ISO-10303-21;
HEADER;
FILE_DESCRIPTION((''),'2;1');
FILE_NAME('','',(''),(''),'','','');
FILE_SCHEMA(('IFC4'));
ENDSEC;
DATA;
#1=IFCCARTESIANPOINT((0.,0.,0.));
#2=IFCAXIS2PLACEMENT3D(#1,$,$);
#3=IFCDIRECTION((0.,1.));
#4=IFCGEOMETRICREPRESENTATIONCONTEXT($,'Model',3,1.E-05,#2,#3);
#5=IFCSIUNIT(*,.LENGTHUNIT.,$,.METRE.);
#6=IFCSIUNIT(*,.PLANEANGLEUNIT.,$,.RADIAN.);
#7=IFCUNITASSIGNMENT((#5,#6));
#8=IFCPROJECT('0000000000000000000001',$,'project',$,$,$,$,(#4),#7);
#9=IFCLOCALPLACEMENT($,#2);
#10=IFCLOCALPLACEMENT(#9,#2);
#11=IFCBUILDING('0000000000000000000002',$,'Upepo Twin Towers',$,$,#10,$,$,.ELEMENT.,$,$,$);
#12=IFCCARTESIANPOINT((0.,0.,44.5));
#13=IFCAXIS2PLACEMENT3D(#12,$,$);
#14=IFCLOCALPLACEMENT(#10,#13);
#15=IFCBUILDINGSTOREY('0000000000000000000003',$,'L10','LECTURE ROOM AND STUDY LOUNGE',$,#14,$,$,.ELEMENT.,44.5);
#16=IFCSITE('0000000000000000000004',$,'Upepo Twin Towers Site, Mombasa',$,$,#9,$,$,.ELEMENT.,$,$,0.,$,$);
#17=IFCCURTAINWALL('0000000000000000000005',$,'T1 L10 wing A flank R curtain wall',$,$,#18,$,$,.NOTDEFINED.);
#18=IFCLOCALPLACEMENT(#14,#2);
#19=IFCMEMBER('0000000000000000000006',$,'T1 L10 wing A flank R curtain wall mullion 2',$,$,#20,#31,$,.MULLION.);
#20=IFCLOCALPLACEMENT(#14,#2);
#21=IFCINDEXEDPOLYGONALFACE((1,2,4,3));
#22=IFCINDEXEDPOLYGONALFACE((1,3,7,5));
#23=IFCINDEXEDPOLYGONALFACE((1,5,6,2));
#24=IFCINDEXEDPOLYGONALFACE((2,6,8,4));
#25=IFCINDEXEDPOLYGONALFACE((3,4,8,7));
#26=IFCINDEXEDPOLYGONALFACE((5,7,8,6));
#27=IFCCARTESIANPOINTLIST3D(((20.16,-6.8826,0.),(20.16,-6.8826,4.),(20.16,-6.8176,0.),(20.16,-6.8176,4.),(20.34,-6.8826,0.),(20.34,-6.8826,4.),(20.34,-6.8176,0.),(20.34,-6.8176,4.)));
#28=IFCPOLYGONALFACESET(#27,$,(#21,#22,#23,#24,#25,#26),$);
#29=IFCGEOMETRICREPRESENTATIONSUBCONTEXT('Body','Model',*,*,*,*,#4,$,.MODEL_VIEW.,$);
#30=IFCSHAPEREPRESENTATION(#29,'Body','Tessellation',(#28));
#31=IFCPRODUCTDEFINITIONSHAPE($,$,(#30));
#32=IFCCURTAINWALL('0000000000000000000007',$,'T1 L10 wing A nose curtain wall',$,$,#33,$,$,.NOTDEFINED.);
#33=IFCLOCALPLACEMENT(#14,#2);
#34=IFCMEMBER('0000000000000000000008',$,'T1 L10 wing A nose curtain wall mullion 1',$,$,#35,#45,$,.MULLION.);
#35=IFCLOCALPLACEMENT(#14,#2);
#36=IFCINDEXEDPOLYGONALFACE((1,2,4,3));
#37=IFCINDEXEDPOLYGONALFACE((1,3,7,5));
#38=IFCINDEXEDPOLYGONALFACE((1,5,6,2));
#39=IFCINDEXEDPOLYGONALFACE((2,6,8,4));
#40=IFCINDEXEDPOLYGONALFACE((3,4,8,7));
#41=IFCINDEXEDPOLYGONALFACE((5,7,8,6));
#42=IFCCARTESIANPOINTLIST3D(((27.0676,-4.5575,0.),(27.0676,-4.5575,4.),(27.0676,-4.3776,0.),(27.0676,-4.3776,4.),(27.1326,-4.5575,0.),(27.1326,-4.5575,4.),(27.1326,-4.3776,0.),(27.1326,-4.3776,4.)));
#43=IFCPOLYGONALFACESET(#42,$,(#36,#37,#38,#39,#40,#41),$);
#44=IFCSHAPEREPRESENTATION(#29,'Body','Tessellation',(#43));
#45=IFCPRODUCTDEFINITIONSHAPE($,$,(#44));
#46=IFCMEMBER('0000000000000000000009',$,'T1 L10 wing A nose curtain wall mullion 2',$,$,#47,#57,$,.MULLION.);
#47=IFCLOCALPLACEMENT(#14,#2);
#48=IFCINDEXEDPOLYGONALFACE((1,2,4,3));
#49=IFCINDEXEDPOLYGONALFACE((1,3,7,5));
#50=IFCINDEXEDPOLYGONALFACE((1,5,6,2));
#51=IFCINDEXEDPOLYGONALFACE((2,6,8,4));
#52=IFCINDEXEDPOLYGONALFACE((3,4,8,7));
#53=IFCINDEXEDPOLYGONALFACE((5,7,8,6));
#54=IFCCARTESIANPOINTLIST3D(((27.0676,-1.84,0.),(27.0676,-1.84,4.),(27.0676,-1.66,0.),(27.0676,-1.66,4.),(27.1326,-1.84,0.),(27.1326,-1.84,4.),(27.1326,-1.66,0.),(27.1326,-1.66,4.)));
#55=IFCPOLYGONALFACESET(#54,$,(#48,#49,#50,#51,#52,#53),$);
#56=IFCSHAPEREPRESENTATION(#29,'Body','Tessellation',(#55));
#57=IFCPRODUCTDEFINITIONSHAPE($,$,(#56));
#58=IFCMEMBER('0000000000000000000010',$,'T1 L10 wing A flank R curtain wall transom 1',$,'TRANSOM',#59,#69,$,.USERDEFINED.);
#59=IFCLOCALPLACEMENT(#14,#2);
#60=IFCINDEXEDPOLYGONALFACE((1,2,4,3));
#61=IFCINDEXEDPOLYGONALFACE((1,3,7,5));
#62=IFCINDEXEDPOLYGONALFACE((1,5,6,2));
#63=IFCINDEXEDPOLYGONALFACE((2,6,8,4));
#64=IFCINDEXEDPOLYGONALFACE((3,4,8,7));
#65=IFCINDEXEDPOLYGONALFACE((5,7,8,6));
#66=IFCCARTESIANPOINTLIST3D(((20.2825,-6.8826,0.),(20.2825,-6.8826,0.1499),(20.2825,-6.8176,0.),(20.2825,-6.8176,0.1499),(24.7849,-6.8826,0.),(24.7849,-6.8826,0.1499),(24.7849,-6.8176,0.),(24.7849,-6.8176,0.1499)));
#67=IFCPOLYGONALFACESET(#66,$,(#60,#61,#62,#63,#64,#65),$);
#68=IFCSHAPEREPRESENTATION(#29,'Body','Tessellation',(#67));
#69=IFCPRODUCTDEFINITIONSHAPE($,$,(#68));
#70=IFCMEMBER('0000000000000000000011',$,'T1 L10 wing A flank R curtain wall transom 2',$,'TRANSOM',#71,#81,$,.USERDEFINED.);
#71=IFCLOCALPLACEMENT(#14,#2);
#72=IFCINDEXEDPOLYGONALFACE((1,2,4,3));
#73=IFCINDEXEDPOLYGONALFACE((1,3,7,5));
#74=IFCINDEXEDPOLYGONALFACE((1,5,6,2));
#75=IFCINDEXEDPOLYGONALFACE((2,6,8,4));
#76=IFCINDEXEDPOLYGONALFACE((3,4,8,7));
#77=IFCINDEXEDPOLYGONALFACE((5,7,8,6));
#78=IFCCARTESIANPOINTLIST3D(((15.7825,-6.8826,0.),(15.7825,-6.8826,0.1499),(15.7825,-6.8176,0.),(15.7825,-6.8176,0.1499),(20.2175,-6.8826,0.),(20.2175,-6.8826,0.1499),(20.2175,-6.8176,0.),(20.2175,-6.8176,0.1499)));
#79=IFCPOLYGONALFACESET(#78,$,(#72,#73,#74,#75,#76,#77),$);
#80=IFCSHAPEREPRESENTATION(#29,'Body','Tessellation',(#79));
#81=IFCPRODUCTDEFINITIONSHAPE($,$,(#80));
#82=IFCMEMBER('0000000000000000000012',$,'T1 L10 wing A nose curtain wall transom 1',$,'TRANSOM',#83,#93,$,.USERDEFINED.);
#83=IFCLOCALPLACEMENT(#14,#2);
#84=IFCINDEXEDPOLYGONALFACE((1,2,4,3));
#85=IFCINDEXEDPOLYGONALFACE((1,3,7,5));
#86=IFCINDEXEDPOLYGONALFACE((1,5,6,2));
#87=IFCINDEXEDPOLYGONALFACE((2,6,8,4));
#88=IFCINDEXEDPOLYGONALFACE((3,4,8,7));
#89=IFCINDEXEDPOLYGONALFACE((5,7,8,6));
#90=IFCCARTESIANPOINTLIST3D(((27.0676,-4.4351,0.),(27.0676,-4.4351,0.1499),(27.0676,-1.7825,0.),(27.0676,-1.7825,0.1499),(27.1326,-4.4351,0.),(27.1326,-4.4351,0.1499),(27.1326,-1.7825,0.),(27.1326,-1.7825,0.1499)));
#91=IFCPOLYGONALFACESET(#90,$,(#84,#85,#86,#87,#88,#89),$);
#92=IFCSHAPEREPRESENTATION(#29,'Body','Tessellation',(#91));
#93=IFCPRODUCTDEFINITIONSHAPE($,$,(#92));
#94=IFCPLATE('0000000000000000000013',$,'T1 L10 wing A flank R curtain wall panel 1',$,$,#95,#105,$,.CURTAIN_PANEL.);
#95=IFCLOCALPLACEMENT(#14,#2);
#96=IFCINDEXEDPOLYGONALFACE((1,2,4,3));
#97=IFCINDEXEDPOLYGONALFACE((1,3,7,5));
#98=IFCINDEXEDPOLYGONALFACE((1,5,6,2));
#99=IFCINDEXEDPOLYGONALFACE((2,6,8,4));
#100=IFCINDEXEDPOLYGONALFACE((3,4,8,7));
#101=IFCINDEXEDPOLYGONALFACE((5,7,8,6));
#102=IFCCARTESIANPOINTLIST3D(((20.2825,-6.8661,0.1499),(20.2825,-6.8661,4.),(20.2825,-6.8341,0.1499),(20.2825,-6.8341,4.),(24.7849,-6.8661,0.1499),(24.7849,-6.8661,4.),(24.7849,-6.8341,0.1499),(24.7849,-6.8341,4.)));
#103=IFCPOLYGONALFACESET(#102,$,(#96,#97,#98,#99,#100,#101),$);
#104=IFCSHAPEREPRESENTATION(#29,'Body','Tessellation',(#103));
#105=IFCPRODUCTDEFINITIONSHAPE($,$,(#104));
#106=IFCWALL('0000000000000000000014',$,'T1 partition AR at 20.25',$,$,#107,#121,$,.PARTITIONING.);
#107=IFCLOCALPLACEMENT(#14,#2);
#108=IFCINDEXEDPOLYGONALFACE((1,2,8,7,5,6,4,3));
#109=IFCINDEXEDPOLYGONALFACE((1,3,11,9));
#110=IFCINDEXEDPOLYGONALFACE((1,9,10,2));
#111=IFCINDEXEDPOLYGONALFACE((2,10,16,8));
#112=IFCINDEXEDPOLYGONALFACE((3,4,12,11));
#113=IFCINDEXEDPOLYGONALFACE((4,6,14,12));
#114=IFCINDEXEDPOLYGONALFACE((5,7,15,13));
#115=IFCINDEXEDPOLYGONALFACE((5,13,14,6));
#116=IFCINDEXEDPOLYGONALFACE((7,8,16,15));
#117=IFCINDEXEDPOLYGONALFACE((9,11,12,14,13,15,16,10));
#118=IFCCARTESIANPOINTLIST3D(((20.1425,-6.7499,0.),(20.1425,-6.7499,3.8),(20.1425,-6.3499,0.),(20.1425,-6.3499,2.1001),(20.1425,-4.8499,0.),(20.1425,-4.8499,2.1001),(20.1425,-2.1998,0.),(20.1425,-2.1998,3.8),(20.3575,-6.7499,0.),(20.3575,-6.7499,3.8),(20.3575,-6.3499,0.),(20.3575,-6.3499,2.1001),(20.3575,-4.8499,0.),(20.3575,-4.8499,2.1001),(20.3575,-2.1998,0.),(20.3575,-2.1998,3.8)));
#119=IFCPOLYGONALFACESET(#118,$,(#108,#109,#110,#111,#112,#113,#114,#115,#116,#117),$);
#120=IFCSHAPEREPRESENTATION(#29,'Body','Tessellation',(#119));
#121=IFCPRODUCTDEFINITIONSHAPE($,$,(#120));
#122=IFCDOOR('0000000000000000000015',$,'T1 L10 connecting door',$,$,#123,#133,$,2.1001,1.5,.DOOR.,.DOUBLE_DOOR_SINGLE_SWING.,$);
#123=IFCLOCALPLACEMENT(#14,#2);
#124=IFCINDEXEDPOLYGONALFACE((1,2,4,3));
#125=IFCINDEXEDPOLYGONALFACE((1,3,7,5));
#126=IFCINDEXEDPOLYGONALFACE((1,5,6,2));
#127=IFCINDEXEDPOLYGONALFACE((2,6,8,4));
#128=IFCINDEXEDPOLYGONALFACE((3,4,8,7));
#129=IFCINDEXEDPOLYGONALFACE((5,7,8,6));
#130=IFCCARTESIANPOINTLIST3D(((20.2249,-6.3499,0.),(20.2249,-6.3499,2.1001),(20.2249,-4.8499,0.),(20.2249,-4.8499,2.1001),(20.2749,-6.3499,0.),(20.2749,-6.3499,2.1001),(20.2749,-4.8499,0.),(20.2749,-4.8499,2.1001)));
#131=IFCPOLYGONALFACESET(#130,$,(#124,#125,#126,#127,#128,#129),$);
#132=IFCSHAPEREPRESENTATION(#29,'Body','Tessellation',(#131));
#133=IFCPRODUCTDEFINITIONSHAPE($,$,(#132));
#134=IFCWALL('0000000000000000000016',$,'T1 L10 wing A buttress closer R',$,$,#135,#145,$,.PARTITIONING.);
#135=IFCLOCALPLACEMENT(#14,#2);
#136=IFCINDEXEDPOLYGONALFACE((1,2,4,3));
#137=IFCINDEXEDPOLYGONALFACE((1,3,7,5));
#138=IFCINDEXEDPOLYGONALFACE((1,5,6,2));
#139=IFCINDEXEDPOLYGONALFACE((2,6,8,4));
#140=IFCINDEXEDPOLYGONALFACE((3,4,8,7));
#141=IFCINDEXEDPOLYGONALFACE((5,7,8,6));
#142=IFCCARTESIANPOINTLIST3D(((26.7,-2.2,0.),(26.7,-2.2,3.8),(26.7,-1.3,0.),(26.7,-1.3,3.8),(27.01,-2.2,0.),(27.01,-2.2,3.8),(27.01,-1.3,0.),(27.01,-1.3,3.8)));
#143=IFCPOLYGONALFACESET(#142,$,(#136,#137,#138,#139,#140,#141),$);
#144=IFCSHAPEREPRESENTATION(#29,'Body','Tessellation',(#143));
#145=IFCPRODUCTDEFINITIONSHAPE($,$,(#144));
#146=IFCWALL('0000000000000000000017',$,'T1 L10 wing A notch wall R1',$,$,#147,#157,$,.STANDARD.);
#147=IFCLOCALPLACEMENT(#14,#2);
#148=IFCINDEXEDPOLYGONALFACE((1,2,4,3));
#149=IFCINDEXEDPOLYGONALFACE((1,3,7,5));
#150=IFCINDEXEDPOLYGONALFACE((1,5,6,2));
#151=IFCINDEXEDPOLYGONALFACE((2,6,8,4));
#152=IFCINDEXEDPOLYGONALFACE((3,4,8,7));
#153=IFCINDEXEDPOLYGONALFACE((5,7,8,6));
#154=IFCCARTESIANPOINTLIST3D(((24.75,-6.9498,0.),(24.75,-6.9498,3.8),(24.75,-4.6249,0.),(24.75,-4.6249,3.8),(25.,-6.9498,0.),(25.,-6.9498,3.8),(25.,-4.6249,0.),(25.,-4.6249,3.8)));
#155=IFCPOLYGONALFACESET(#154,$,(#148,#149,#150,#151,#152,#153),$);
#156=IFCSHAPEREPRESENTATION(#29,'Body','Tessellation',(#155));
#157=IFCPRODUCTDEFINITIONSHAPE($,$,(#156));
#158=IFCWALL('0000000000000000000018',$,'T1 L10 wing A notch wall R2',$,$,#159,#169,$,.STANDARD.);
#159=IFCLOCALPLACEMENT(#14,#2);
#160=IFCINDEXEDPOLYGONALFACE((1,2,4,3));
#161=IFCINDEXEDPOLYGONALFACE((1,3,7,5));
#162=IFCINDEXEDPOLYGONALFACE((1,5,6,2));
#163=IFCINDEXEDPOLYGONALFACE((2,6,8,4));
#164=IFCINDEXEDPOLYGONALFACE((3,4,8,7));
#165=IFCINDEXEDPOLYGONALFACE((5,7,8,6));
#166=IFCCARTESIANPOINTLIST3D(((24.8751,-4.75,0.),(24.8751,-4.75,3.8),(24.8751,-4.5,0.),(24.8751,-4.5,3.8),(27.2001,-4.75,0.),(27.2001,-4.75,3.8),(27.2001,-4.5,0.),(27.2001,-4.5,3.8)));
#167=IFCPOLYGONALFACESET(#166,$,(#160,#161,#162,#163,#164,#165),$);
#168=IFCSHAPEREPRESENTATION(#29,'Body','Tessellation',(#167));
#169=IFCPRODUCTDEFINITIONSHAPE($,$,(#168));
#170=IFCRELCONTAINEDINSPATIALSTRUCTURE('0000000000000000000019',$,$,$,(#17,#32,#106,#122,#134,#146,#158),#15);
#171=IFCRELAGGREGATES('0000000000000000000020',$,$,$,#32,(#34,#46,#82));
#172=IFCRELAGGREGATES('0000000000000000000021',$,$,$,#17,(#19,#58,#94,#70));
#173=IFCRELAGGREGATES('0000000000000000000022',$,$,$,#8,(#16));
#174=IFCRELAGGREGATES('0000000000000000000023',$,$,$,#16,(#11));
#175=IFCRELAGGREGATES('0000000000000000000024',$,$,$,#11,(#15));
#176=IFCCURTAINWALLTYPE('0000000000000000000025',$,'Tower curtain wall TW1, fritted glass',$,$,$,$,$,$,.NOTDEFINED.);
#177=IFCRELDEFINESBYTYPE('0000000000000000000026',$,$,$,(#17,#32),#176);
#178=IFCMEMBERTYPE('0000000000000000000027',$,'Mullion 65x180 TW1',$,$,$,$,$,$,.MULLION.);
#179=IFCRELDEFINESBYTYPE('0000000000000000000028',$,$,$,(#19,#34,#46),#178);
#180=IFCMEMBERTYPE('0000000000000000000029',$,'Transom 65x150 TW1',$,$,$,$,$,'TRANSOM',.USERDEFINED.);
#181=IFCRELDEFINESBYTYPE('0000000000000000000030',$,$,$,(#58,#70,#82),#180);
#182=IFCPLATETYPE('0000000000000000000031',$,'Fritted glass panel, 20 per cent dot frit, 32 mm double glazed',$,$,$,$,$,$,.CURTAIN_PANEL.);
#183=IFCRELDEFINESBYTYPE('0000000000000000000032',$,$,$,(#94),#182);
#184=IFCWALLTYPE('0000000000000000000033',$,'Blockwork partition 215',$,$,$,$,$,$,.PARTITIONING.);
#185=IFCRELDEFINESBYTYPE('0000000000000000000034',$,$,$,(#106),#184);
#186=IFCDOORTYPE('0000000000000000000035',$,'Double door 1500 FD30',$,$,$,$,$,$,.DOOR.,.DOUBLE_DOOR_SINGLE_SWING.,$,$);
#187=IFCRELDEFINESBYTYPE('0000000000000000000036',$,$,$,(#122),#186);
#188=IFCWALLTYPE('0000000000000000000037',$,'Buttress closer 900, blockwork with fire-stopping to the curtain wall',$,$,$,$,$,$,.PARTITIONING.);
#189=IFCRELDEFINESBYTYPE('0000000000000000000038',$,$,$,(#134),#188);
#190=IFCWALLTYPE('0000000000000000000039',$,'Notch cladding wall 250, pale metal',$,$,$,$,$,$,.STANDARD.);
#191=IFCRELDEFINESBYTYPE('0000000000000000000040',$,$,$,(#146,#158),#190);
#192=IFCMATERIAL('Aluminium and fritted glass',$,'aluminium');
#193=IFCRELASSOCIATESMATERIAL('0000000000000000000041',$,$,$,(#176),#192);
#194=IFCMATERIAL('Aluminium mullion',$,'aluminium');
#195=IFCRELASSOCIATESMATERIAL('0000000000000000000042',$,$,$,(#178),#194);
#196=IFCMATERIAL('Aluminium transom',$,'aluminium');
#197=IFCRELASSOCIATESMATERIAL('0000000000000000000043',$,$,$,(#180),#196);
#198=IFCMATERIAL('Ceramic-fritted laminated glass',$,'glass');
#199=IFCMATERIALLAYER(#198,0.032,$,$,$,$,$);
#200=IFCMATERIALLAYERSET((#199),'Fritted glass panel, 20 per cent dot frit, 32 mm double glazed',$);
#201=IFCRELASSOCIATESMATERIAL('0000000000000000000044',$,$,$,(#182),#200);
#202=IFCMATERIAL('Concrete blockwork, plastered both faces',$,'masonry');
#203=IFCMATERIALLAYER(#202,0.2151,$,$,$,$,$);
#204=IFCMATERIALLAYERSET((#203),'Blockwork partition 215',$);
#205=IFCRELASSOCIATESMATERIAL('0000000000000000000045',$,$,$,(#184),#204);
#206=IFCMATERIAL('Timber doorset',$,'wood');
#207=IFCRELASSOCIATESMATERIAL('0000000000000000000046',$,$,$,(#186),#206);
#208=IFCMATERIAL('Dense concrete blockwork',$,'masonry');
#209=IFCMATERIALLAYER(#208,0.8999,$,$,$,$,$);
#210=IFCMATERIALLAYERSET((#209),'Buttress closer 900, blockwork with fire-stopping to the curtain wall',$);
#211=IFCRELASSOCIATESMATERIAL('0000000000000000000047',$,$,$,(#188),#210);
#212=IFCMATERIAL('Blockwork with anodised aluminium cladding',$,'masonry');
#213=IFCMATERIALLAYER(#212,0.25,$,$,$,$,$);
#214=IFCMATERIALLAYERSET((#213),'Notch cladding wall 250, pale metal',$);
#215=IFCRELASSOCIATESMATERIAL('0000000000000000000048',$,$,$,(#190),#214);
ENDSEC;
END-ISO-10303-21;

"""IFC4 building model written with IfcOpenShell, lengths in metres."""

from ifc_helpers import new_model, si_unit, direction, frame, frame_2d, origin, origin_2d, place, context, subcontext, project, spatial, rectangle, extrude, material, layer, layer_set, material_profile, profile_set, type_object, element, fill, aggregate, save


model = new_model("IFC4")

# Units and contexts
model_context = context("Model", 3, precision=1e-05, world=origin(), true_north=direction((0.0, 1.0)))
body_context = subcontext(model_context, "Body", "Model", "MODEL_VIEW")
ifc_project = project(units=[si_unit("LENGTHUNIT", "METRE"), si_unit("PLANEANGLEUNIT", "RADIAN")], contexts=[model_context])

# Site, building, storey
site_placement = place(None, origin())
site = spatial("IfcSite", under=ifc_project, at=site_placement, Name="Upepo Twin Towers Site, Mombasa", CompositionType="ELEMENT", RefElevation=0.0)
building_placement = place(site_placement, origin())
building = spatial("IfcBuilding", under=site, at=building_placement, Name="Upepo Twin Towers", CompositionType="ELEMENT")
storey_placement = place(building_placement, frame((0.0, 0.0, 44.5)))
storey = spatial("IfcBuildingStorey", under=building, at=storey_placement, Name="L10", Description="LECTURE ROOM AND STUDY LOUNGE", CompositionType="ELEMENT", Elevation=44.5)

# Curtain walls, members
ifc_material_1 = material(Name="Aluminium and fritted glass", Category="aluminium")
curtain_wall_type = type_object("IfcCurtainWallType", Name="Tower curtain wall TW1, fritted glass", PredefinedType="NOTDEFINED", material=ifc_material_1)
curtain_wall_1_placement = place(storey_placement, origin())
curtain_wall_1 = element("IfcCurtainWall", 1, at=curtain_wall_1_placement, inside=storey, type_object=curtain_wall_type, Name="T1 L10 wing A flank R curtain wall", PredefinedType="NOTDEFINED")
ifc_material_2 = material(Name="Aluminium mullion", Category="aluminium")
ifc_material_profile_1 = material_profile(ifc_material_2, rectangle(XDim=0.0649, YDim=0.1799, at=origin_2d()), Name="MULLION 65x180")
ifc_profile_set_1 = profile_set([ifc_material_profile_1], Name="Aluminium mullion")
member_type_1 = type_object("IfcMemberType", Name="Mullion 65x180 TW1", PredefinedType="MULLION", material=ifc_profile_set_1)
member_1_placement = place(storey_placement, frame((20.25, -6.8501, 0.0), z_axis=(0.0, 0.0, 1.0), x_axis=(0.0, -1.0, 0.0)))
member_1 = element("IfcMember", 2, at=member_1_placement, type_object=member_type_1, Name="T1 L10 wing A flank R curtain wall mullion 2", PredefinedType="MULLION", context=body_context, shape_type="SweptSolid", body=[
    extrude(rectangle(XDim=0.0649, YDim=0.1799, at=origin_2d()), origin(), (0.0, 0.0, 1.0), 4.0),
])
curtain_wall_2_placement = place(storey_placement, origin())
curtain_wall_2 = element("IfcCurtainWall", 3, at=curtain_wall_2_placement, inside=storey, type_object=curtain_wall_type, Name="T1 L10 wing A nose curtain wall", PredefinedType="NOTDEFINED")
member_2_placement = place(storey_placement, frame((27.1001, -4.4675, 0.0), z_axis=(0.0, 0.0, 1.0), x_axis=(-1.0, 0.0, 0.0)))
member_2 = element("IfcMember", 4, at=member_2_placement, type_object=member_type_1, Name="T1 L10 wing A nose curtain wall mullion 1", PredefinedType="MULLION", context=body_context, shape_type="SweptSolid", body=[
    extrude(rectangle(XDim=0.0649, YDim=0.1799, at=origin_2d()), origin(), (0.0, 0.0, 1.0), 4.0),
])
member_3_placement = place(storey_placement, frame((27.1001, -1.75, 0.0), z_axis=(0.0, 0.0, 1.0), x_axis=(-1.0, 0.0, 0.0)))
member_3 = element("IfcMember", 5, at=member_3_placement, type_object=member_type_1, Name="T1 L10 wing A nose curtain wall mullion 2", PredefinedType="MULLION", context=body_context, shape_type="SweptSolid", body=[
    extrude(rectangle(XDim=0.0649, YDim=0.1799, at=origin_2d()), origin(), (0.0, 0.0, 1.0), 4.0),
])

# Members
ifc_material_3 = material(Name="Aluminium transom", Category="aluminium")
ifc_material_profile_2 = material_profile(ifc_material_3, rectangle(XDim=0.0649, YDim=0.1499, at=origin_2d()), Name="TRANSOM 65x150")
ifc_profile_set_2 = profile_set([ifc_material_profile_2], Name="Aluminium transom")
member_type_2 = type_object("IfcMemberType", Name="Transom 65x150 TW1", ElementType="TRANSOM", PredefinedType="USERDEFINED", material=ifc_profile_set_2)
member_4_placement = place(storey_placement, frame((24.7849, -6.8501, 0.075), z_axis=(-1.0, 0.0, 0.0), x_axis=(0.0, -1.0, 0.0)))
member_4 = element("IfcMember", 6, at=member_4_placement, type_object=member_type_2, Name="T1 L10 wing A flank R curtain wall transom 1", ObjectType="TRANSOM", PredefinedType="USERDEFINED", context=body_context, shape_type="SweptSolid", body=[
    extrude(rectangle(XDim=0.0649, YDim=0.1499, at=origin_2d()), origin(), (0.0, 0.0, 1.0), 4.5024),
])
member_5_placement = place(storey_placement, frame((20.2175, -6.8501, 0.075), z_axis=(-1.0, 0.0, 0.0), x_axis=(0.0, -1.0, 0.0)))
member_5 = element("IfcMember", 7, at=member_5_placement, type_object=member_type_2, Name="T1 L10 wing A flank R curtain wall transom 2", ObjectType="TRANSOM", PredefinedType="USERDEFINED", context=body_context, shape_type="SweptSolid", body=[
    extrude(rectangle(XDim=0.0649, YDim=0.1499, at=origin_2d()), origin(), (0.0, 0.0, 1.0), 4.4351),
])
member_6_placement = place(storey_placement, frame((27.1001, -4.4351, 0.075), z_axis=(0.0, 1.0, 0.0), x_axis=(-1.0, 0.0, 0.0)))
member_6 = element("IfcMember", 8, at=member_6_placement, type_object=member_type_2, Name="T1 L10 wing A nose curtain wall transom 1", ObjectType="TRANSOM", PredefinedType="USERDEFINED", context=body_context, shape_type="SweptSolid", body=[
    extrude(rectangle(XDim=0.0649, YDim=0.1499, at=origin_2d()), origin(), (0.0, 0.0, 1.0), 2.6526),
])
aggregate(curtain_wall_2, [member_2, member_3, member_6])

# Plate
ifc_material_4 = material(Name="Ceramic-fritted laminated glass", Category="glass")
ifc_layer_1 = layer(ifc_material_4, 0.032)
ifc_layer_set_1 = layer_set([ifc_layer_1], Name="Fritted glass panel, 20 per cent dot frit, 32 mm double glazed")
plate_type = type_object("IfcPlateType", Name="Fritted glass panel, 20 per cent dot frit, 32 mm double glazed", PredefinedType="CURTAIN_PANEL", material=ifc_layer_set_1)
plate_placement = place(storey_placement, frame((22.5337, -6.8501, 0.1499), z_axis=(0.0, 0.0, 1.0), x_axis=(-1.0, 0.0, 0.0)))
plate = element("IfcPlate", 9, at=plate_placement, type_object=plate_type, Name="T1 L10 wing A flank R curtain wall panel 1", PredefinedType="CURTAIN_PANEL", context=body_context, shape_type="SweptSolid", body=[
    extrude(rectangle(XDim=4.5024, YDim=0.032, at=origin_2d()), origin(), (0.0, 0.0, 1.0), 3.8501),
])
aggregate(curtain_wall_1, [member_1, member_4, plate, member_5])

# Wall, opening, door
ifc_material_5 = material(Name="Concrete blockwork, plastered both faces", Category="masonry")
ifc_layer_2 = layer(ifc_material_5, 0.2151)
ifc_layer_set_2 = layer_set([ifc_layer_2], Name="Blockwork partition 215")
wall_type_1 = type_object("IfcWallType", Name="Blockwork partition 215", PredefinedType="PARTITIONING", material=ifc_layer_set_2)
wall_1_placement = place(storey_placement, frame((20.25, -2.2, 0.0), z_axis=(0.0, 0.0, 1.0), x_axis=(0.0, -1.0, 0.0)))
wall_1 = element("IfcWall", 10, at=wall_1_placement, inside=storey, type_object=wall_type_1, Name="T1 partition AR at 20.25", PredefinedType="PARTITIONING", context=body_context, shape_type="SweptSolid", body=[
    extrude(rectangle(XDim=4.55, YDim=0.2151, at=frame_2d((2.2749, 0.0))), origin(), (0.0, 0.0, 1.0), 3.8),
])
opening_placement = place(wall_1_placement, frame((2.6499, 0.0, 0.0)))
opening = element("IfcOpeningElement", 11, at=opening_placement, cuts=wall_1, PredefinedType="OPENING", context=body_context, shape_type="SweptSolid", body=[
    extrude(rectangle(XDim=1.5, YDim=2.1001, at=frame_2d((0.75, 1.05))), frame((0.0, 0.1174, 0.0), z_axis=(0.0, -1.0, 0.0), x_axis=(1.0, 0.0, 0.0)), (0.0, 0.0, 1.0), 0.2351),
])
ifc_material_6 = material(Name="Timber doorset", Category="wood")
door_type = type_object("IfcDoorType", Name="Double door 1500 FD30", OperationType="DOUBLE_DOOR_SINGLE_SWING", PredefinedType="DOOR", material=ifc_material_6)
door_placement = place(opening_placement, origin())
door = element("IfcDoor", 12, at=door_placement, inside=storey, type_object=door_type, Name="T1 L10 connecting door", OperationType="DOUBLE_DOOR_SINGLE_SWING", OverallHeight=2.1001, OverallWidth=1.5, PredefinedType="DOOR", context=body_context, shape_type="SweptSolid", body=[
    extrude(rectangle(XDim=1.5, YDim=2.1001, at=frame_2d((0.75, 1.05))), frame((0.0, 0.0249, 0.0), z_axis=(0.0, -1.0, 0.0), x_axis=(1.0, 0.0, 0.0)), (0.0, 0.0, 1.0), 0.05),
])
fill(opening, door)

# Walls
ifc_material_7 = material(Name="Dense concrete blockwork", Category="masonry")
ifc_layer_3 = layer(ifc_material_7, 0.8999)
ifc_layer_set_3 = layer_set([ifc_layer_3], Name="Buttress closer 900, blockwork with fire-stopping to the curtain wall")
wall_type_2 = type_object("IfcWallType", Name="Buttress closer 900, blockwork with fire-stopping to the curtain wall", PredefinedType="PARTITIONING", material=ifc_layer_set_3)
wall_2_placement = place(storey_placement, frame((26.7, -1.75, 0.0), z_axis=(0.0, 0.0, 1.0), x_axis=(1.0, 0.0, 0.0)))
element("IfcWall", 13, at=wall_2_placement, inside=storey, type_object=wall_type_2, Name="T1 L10 wing A buttress closer R", PredefinedType="PARTITIONING", context=body_context, shape_type="SweptSolid", body=[
    extrude(rectangle(XDim=0.3101, YDim=0.8999, at=frame_2d((0.155, 0.0))), origin(), (0.0, 0.0, 1.0), 3.8),
])
ifc_material_8 = material(Name="Blockwork with anodised aluminium cladding", Category="masonry")
ifc_layer_4 = layer(ifc_material_8, 0.25)
ifc_layer_set_4 = layer_set([ifc_layer_4], Name="Notch cladding wall 250, pale metal")
wall_type_3 = type_object("IfcWallType", Name="Notch cladding wall 250, pale metal", PredefinedType="STANDARD", material=ifc_layer_set_4)
for number, where, z_axis, x_axis, name in (
    (14, (24.875, -6.95, 0.0), (0.0, 0.0, 1.0), (0.0, 1.0, 0.0), "T1 L10 wing A notch wall R1"),
    (15, (24.875, -4.625, 0.0), (0.0, 0.0, 1.0), (1.0, 0.0, 0.0), "T1 L10 wing A notch wall R2"),
):
    element("IfcWall", number, at=place(storey_placement, frame(where, z_axis=z_axis, x_axis=x_axis)), inside=storey, type_object=wall_type_3, Name=name, PredefinedType="STANDARD", context=body_context, shape_type="SweptSolid", body=[
        extrude(rectangle(XDim=2.325, YDim=0.25, at=frame_2d((1.1626, 0.0))), origin(), (0.0, 0.0, 1.0), 3.8),
    ])

save(model, "model.ifc")
